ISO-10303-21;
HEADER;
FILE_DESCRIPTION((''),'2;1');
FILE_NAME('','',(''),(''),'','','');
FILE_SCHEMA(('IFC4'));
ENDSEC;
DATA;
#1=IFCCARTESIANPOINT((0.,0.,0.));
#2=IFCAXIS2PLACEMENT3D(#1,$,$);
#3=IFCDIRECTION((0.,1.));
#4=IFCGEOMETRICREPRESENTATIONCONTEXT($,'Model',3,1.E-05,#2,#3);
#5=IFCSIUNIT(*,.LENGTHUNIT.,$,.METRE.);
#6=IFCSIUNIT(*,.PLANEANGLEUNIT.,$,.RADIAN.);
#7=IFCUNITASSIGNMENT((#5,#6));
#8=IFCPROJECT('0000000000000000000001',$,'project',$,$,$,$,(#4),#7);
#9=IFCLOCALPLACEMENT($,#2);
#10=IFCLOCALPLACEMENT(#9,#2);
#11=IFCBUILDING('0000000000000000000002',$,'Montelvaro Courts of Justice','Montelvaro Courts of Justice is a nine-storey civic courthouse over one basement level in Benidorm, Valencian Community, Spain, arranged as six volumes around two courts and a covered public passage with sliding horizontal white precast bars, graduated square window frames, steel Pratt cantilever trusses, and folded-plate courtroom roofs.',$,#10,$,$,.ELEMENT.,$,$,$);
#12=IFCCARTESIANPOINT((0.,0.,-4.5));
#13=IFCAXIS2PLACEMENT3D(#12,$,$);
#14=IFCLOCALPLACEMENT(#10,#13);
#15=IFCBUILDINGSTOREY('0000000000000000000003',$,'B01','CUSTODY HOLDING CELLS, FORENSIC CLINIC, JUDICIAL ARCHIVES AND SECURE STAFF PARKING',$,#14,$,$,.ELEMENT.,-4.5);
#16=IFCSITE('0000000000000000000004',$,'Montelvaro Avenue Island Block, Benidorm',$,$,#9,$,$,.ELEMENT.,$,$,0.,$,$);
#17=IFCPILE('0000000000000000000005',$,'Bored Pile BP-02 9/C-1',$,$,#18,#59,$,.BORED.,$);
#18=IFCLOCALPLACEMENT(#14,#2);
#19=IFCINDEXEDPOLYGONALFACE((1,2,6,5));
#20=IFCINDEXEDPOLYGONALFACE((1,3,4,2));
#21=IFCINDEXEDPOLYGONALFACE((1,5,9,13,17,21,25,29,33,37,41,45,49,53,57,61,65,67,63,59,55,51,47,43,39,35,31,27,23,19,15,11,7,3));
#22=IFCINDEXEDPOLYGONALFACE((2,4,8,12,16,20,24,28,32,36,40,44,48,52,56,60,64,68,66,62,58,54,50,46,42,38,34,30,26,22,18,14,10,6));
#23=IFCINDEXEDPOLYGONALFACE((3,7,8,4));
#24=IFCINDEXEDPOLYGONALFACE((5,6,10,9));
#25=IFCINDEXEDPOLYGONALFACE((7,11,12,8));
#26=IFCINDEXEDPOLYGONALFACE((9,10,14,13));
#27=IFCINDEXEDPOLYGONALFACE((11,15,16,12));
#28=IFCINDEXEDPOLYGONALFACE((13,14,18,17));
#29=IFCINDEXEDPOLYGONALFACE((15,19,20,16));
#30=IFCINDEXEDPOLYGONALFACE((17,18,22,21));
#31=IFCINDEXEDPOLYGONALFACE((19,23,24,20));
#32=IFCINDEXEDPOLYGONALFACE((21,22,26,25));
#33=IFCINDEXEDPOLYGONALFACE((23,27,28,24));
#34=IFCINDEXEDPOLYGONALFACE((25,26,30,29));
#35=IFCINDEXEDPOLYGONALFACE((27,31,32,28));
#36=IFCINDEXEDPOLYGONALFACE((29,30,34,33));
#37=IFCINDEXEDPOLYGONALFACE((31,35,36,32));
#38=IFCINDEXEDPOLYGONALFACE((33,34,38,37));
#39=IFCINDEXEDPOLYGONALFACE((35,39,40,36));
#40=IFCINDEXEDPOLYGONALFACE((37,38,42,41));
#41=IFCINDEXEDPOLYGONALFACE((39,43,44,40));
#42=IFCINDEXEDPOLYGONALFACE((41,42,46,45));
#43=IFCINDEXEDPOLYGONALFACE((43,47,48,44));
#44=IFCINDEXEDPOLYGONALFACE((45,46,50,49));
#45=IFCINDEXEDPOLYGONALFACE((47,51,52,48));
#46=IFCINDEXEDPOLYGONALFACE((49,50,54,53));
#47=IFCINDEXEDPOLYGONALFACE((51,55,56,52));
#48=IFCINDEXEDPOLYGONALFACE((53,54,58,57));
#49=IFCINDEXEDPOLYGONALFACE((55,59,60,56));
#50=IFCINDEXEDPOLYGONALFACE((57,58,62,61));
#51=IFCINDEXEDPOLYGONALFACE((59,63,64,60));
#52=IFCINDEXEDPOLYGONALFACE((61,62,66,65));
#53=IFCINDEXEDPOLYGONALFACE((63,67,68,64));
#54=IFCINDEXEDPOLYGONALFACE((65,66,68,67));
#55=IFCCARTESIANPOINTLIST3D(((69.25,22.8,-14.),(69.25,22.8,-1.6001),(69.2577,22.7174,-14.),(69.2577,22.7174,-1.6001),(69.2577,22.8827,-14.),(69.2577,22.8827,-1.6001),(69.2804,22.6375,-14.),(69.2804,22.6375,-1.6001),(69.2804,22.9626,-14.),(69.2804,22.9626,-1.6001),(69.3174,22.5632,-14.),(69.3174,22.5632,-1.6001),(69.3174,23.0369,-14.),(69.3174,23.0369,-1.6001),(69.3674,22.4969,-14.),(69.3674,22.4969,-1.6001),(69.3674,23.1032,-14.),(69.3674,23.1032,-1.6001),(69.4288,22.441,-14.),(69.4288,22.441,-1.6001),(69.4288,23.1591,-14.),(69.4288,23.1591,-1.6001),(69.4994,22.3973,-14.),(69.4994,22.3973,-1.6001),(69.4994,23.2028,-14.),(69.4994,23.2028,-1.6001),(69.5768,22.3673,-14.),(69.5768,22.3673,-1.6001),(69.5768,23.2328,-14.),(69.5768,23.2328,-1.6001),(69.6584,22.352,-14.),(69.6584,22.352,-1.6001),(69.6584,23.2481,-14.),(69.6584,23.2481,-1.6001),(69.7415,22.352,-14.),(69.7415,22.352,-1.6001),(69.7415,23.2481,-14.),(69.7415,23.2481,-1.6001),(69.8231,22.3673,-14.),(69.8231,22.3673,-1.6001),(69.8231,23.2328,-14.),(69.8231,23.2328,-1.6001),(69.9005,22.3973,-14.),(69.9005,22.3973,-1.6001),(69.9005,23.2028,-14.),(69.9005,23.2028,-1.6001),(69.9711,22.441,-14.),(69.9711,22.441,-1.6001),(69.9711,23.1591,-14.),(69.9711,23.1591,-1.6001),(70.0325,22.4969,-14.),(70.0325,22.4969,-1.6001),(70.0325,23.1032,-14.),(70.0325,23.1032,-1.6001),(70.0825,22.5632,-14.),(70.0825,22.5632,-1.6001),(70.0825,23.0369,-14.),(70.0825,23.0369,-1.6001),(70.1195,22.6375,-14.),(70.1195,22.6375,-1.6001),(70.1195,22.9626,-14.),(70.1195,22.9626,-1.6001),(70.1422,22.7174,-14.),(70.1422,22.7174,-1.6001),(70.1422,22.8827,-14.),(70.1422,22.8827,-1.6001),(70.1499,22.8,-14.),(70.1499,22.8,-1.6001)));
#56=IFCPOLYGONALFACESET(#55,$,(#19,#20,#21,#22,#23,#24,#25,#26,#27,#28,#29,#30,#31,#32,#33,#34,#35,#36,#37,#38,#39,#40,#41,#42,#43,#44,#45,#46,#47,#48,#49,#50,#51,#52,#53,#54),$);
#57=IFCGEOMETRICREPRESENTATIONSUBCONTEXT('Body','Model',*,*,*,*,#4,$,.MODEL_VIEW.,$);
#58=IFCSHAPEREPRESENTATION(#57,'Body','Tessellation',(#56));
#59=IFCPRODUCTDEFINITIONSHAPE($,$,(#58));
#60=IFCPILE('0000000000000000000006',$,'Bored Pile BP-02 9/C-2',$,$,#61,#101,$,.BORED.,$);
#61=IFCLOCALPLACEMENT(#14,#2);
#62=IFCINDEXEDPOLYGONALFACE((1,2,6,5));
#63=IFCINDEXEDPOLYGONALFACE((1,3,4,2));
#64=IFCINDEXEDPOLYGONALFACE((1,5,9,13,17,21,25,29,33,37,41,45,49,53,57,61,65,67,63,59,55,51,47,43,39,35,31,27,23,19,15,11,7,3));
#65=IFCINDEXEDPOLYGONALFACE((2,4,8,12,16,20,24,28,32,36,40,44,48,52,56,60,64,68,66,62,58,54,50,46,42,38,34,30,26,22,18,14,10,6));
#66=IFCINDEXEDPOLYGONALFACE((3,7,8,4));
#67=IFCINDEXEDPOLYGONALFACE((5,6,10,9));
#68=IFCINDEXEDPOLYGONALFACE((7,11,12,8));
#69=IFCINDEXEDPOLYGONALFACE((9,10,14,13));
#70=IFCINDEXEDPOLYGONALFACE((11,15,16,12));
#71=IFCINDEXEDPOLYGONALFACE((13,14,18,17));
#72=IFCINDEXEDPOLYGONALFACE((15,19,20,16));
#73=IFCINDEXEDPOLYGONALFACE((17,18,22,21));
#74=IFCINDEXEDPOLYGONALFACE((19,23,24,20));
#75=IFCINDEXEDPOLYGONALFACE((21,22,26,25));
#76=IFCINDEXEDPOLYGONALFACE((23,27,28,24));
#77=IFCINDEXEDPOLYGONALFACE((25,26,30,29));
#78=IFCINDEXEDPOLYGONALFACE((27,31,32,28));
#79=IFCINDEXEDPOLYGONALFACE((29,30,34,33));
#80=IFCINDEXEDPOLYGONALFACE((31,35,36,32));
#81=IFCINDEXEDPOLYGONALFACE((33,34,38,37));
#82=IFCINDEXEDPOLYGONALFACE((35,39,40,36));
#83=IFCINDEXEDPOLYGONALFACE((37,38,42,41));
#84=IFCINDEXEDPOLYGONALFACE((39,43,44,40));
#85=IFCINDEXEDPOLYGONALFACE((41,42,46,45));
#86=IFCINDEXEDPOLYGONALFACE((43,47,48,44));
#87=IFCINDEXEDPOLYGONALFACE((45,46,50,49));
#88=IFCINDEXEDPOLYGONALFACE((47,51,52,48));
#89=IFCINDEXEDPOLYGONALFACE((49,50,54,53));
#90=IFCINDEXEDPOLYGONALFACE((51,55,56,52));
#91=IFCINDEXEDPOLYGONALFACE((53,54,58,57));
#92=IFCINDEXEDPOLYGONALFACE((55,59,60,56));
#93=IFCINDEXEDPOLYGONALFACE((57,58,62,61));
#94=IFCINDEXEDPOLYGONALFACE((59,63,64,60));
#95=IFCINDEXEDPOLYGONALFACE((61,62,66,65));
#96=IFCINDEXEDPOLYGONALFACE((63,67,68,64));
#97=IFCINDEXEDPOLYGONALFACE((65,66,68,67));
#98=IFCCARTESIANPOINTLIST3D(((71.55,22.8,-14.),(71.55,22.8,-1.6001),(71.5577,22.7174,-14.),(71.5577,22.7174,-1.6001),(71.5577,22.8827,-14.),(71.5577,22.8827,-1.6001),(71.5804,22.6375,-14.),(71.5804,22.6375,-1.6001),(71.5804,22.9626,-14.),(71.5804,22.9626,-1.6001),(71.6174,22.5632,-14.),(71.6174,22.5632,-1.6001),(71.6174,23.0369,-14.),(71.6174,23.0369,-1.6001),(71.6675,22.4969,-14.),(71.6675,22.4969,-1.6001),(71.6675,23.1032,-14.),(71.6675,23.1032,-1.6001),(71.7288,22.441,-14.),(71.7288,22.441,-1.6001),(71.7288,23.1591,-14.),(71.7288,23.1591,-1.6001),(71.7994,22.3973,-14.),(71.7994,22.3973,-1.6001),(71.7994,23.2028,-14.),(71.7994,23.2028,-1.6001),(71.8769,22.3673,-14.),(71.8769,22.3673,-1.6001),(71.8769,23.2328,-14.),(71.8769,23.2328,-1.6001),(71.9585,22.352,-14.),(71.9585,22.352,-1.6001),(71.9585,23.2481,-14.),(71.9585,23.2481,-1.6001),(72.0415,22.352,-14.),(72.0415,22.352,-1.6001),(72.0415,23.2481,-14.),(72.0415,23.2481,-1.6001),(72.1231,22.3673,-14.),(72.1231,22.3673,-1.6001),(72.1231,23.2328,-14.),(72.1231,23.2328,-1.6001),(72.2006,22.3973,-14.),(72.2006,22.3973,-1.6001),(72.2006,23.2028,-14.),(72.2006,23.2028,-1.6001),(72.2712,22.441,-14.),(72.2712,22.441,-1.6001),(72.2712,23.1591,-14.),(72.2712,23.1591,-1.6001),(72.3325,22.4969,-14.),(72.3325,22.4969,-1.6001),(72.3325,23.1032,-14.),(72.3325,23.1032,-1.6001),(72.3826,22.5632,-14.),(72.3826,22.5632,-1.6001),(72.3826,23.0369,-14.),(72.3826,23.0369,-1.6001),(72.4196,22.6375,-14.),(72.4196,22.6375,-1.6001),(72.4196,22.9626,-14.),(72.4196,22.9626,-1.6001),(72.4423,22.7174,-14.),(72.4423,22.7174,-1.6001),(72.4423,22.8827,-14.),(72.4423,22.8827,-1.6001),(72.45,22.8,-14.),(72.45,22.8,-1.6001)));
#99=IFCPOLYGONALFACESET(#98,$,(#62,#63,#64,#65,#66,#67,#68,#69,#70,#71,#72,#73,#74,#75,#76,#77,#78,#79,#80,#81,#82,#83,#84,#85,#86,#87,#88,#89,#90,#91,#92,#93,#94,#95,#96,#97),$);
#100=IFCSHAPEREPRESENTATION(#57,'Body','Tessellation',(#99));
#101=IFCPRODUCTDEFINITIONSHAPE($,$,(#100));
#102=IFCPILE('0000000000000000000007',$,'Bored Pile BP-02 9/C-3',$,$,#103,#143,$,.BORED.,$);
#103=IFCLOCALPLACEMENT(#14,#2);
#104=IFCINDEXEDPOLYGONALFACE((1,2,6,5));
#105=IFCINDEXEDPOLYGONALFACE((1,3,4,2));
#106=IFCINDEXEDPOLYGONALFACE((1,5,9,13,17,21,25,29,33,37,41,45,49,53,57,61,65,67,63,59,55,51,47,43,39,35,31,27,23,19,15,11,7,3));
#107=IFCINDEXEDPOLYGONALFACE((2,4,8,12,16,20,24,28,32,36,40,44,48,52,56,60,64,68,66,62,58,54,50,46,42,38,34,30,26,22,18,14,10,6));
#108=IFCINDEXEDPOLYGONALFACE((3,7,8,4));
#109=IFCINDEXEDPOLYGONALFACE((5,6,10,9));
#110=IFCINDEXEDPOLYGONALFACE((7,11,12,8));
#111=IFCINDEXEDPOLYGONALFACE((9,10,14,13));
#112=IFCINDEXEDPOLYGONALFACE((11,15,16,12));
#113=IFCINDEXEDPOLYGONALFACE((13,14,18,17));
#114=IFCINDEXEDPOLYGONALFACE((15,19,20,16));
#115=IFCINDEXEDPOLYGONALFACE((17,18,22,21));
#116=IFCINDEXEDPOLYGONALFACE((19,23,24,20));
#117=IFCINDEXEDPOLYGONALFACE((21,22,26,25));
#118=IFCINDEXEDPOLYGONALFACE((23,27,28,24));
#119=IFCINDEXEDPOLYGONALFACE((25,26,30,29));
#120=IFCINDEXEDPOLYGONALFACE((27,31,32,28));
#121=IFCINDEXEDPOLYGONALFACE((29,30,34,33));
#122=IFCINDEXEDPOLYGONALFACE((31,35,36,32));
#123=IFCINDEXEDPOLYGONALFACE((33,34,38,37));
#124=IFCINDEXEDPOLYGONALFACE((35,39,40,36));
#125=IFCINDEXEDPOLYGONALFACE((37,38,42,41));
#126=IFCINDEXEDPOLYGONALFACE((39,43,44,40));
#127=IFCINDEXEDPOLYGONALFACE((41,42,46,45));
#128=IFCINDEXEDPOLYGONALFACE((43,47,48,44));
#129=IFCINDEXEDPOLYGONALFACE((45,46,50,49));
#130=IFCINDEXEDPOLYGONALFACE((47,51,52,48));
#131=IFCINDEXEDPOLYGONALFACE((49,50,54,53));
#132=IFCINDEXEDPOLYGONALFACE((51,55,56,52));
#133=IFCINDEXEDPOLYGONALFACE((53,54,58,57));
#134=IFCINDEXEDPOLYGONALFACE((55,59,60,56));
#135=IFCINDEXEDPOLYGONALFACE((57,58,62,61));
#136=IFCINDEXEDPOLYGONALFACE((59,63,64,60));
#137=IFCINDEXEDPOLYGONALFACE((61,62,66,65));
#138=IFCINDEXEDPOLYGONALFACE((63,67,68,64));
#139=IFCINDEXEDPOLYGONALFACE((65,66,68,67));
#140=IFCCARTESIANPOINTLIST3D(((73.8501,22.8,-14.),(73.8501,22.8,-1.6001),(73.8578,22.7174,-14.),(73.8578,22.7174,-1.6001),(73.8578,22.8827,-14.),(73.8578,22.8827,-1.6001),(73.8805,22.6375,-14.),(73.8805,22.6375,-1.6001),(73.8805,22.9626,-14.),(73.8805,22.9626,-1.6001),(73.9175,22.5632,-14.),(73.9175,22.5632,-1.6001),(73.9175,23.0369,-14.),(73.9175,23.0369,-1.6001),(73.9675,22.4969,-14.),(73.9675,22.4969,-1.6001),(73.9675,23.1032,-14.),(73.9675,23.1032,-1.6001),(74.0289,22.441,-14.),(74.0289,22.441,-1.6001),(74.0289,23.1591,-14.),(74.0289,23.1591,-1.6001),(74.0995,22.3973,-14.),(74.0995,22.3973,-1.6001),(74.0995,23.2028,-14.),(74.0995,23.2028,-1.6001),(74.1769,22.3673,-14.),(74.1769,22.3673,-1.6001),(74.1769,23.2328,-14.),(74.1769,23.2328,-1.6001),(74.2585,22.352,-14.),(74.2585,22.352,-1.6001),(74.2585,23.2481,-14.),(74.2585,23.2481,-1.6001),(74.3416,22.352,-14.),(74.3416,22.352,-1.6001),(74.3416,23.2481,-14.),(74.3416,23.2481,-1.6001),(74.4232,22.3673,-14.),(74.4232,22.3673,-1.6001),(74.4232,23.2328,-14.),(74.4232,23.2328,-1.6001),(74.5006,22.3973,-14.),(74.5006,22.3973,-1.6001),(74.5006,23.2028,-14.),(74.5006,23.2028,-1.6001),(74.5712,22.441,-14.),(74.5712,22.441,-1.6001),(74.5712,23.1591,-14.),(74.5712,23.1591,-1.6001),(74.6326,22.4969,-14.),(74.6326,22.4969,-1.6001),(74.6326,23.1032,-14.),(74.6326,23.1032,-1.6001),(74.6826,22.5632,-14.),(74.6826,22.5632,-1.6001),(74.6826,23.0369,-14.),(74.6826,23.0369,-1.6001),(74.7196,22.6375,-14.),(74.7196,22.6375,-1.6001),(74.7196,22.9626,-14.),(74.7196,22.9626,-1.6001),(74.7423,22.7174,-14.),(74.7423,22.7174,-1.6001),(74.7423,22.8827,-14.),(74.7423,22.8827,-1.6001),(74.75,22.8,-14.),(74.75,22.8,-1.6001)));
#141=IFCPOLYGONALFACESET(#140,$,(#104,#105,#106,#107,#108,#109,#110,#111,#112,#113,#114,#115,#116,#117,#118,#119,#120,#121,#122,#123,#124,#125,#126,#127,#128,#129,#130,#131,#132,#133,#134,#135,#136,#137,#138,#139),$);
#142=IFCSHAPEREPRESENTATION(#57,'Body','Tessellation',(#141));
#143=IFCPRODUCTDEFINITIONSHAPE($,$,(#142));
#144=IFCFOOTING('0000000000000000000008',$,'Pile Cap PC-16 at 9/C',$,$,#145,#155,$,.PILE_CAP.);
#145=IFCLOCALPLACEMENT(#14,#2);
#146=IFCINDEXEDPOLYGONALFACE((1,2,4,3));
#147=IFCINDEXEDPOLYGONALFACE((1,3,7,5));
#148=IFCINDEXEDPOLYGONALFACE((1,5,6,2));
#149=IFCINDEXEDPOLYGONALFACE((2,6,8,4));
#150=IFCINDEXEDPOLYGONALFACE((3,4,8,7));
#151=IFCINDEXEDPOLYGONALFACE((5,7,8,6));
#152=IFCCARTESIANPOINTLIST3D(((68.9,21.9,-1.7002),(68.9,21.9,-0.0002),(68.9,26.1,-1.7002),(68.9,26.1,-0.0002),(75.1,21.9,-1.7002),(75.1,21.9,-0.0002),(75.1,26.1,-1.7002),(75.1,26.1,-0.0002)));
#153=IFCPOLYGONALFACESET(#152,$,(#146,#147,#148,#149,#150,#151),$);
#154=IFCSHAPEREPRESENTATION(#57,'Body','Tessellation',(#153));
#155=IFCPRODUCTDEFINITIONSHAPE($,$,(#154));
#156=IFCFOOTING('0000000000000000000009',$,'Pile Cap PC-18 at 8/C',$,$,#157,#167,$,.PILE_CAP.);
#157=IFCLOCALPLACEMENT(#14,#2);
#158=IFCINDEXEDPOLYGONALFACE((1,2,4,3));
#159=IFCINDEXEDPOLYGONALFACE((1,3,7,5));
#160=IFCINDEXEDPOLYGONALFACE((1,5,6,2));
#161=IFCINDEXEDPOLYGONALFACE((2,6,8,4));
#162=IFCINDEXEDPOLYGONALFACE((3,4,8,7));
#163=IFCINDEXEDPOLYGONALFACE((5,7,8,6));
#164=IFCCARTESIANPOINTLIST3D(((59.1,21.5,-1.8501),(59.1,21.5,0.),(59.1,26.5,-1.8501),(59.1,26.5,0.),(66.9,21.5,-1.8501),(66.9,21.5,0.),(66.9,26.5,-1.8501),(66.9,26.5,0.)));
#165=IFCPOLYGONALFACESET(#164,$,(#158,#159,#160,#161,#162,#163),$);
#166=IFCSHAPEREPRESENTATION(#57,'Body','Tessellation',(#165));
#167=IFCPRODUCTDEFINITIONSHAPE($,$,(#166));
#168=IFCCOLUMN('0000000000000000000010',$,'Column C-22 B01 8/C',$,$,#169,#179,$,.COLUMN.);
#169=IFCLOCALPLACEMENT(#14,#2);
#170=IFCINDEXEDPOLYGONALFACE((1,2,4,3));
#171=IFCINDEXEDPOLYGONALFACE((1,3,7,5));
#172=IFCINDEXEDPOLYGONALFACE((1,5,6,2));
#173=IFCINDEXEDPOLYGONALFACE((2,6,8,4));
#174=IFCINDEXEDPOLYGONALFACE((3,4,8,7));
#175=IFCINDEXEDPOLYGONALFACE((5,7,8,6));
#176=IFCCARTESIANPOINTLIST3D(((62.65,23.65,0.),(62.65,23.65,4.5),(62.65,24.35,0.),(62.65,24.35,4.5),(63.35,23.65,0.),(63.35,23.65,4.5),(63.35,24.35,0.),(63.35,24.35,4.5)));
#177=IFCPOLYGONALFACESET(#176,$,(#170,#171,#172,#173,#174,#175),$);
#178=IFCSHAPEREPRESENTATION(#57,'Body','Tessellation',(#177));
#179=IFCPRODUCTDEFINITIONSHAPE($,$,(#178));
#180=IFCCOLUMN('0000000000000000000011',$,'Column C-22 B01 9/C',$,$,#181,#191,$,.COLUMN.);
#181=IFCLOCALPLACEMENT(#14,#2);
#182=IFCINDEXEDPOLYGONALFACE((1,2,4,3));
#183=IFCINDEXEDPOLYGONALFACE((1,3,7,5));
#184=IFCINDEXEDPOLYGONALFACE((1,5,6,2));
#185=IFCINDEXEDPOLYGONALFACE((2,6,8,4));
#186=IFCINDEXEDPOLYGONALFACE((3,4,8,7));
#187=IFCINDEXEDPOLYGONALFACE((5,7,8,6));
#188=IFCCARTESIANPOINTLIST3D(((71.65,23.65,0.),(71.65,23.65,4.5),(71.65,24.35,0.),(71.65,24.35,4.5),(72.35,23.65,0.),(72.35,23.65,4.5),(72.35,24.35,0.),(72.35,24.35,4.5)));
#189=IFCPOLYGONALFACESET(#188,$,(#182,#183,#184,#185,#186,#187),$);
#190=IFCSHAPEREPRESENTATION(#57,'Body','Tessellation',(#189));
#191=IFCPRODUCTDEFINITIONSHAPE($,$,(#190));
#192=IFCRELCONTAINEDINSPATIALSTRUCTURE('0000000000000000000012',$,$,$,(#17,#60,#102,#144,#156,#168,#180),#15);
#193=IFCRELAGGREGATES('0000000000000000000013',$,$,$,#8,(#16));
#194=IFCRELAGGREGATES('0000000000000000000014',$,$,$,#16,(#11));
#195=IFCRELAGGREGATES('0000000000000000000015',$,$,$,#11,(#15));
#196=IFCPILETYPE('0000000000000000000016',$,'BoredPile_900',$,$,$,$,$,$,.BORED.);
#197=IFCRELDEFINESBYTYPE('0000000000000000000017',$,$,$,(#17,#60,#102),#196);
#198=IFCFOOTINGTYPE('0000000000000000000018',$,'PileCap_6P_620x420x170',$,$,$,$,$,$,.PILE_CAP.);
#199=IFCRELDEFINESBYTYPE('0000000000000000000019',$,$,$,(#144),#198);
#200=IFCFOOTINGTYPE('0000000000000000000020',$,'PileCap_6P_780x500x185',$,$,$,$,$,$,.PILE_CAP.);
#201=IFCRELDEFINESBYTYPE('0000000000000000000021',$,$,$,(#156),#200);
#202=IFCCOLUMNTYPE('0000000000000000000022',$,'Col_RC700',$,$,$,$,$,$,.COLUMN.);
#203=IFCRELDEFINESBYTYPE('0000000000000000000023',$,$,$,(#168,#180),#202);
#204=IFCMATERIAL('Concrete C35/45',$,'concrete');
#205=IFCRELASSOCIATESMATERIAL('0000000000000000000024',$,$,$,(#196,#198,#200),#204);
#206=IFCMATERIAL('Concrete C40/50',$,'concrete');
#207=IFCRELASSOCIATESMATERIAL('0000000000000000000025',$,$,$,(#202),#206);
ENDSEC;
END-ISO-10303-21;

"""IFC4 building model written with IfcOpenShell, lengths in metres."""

from ifc_helpers import new_model, si_unit, direction, frame, origin, origin_2d, place, context, subcontext, project, spatial, rectangle, circle, extrude, material, material_profile, profile_set, type_object, element, save


model = new_model("IFC4")

# Units and contexts
model_context = context("Model", 3, precision=1e-05, world=origin(), true_north=direction((0.0, 1.0)))
body_context = subcontext(model_context, "Body", "Model", "MODEL_VIEW")
ifc_project = project(units=[si_unit("LENGTHUNIT", "METRE"), si_unit("PLANEANGLEUNIT", "RADIAN")], contexts=[model_context])

# Site, building, storey
site_placement = place(None, origin())
site = spatial("IfcSite", under=ifc_project, at=site_placement, Name="Montelvaro Avenue Island Block, Benidorm", CompositionType="ELEMENT", RefElevation=0.0)
building_placement = place(site_placement, origin())
building = spatial("IfcBuilding", under=site, at=building_placement, Name="Montelvaro Courts of Justice", Description="Montelvaro Courts of Justice is a nine-storey civic courthouse over one basement level in Benidorm, Valencian Community, Spain, arranged as six volumes around two courts and a covered public passage with sliding horizontal white precast bars, graduated square window frames, steel Pratt cantilever trusses, and folded-plate courtroom roofs.", CompositionType="ELEMENT")
storey_placement = place(building_placement, frame((0.0, 0.0, -4.5)))
storey = spatial("IfcBuildingStorey", under=building, at=storey_placement, Name="B01", Description="CUSTODY HOLDING CELLS, FORENSIC CLINIC, JUDICIAL ARCHIVES AND SECURE STAFF PARKING", CompositionType="ELEMENT", Elevation=-4.5)

# Piles
ifc_material_1 = material(Name="Concrete C35/45", Category="concrete")
ifc_material_profile_1 = material_profile(ifc_material_1, circle(Radius=0.45, at=origin_2d()), Name="BORED PILE D900")
ifc_profile_set_1 = profile_set([ifc_material_profile_1], Name="Concrete C35/45")
pile_type_1 = type_object("IfcPileType", Name="BoredPile_900", PredefinedType="BORED", material=ifc_profile_set_1)
for number, where, z_axis, x_axis, name in (
    (1, (69.7, 22.8, -1.6001), (0.0, 0.0, -1.0), (1.0, 0.0, 0.0), "Bored Pile BP-02 9/C-1"),
    (2, (72.0, 22.8, -1.6001), (0.0, 0.0, -1.0), (1.0, 0.0, 0.0), "Bored Pile BP-02 9/C-2"),
    (3, (74.3, 22.8, -1.6001), (0.0, 0.0, -1.0), (1.0, 0.0, 0.0), "Bored Pile BP-02 9/C-3"),
):
    element("IfcPile", number, at=place(storey_placement, frame(where, z_axis=z_axis, x_axis=x_axis)), inside=storey, type_object=pile_type_1, Name=name, PredefinedType="BORED", context=body_context, shape_type="SweptSolid", body=[
        extrude(circle(Radius=0.45, at=origin_2d()), origin(), (0.0, 0.0, 1.0), 12.3999),
    ])

# Footings
footing_type_1 = type_object("IfcFootingType", Name="PileCap_6P_620x420x170", PredefinedType="PILE_CAP", material=ifc_material_1)
footing_1_placement = place(storey_placement, frame((72.0, 24.0, -1.7002), z_axis=(0.0, 0.0, 1.0), x_axis=(1.0, 0.0, 0.0)))
element("IfcFooting", 4, at=footing_1_placement, inside=storey, type_object=footing_type_1, Name="Pile Cap PC-16 at 9/C", PredefinedType="PILE_CAP", context=body_context, shape_type="SweptSolid", body=[
    extrude(rectangle(XDim=6.2, YDim=4.2, at=origin_2d()), origin(), (0.0, 0.0, 1.0), 1.7),
])
footing_type_2 = type_object("IfcFootingType", Name="PileCap_6P_780x500x185", PredefinedType="PILE_CAP", material=ifc_material_1)
footing_2_placement = place(storey_placement, frame((63.0, 24.0, -1.8501), z_axis=(0.0, 0.0, 1.0), x_axis=(1.0, 0.0, 0.0)))
element("IfcFooting", 5, at=footing_2_placement, inside=storey, type_object=footing_type_2, Name="Pile Cap PC-18 at 8/C", PredefinedType="PILE_CAP", context=body_context, shape_type="SweptSolid", body=[
    extrude(rectangle(XDim=7.8, YDim=5.0, at=origin_2d()), origin(), (0.0, 0.0, 1.0), 1.8501),
])

# Columns
ifc_material_2 = material(Name="Concrete C40/50", Category="concrete")
ifc_material_profile_2 = material_profile(ifc_material_2, rectangle(XDim=0.7, YDim=0.7, at=origin_2d()), Name="RC 700x700")
ifc_profile_set_2 = profile_set([ifc_material_profile_2], Name="Concrete C40/50")
column_type = type_object("IfcColumnType", Name="Col_RC700", PredefinedType="COLUMN", material=ifc_profile_set_2)
for number, where, z_axis, x_axis, name in (
    (6, (63.0, 24.0, 0.0), (0.0, 0.0, 1.0), (1.0, 0.0, 0.0), "Column C-22 B01 8/C"),
    (7, (72.0, 24.0, 0.0), (0.0, 0.0, 1.0), (1.0, 0.0, 0.0), "Column C-22 B01 9/C"),
):
    element("IfcColumn", number, at=place(storey_placement, frame(where, z_axis=z_axis, x_axis=x_axis)), inside=storey, type_object=column_type, Name=name, PredefinedType="COLUMN", context=body_context, shape_type="SweptSolid", body=[
        extrude(rectangle(XDim=0.7, YDim=0.7, at=origin_2d()), origin(), (0.0, 0.0, 1.0), 4.5),
    ])

save(model, "model.ifc")
